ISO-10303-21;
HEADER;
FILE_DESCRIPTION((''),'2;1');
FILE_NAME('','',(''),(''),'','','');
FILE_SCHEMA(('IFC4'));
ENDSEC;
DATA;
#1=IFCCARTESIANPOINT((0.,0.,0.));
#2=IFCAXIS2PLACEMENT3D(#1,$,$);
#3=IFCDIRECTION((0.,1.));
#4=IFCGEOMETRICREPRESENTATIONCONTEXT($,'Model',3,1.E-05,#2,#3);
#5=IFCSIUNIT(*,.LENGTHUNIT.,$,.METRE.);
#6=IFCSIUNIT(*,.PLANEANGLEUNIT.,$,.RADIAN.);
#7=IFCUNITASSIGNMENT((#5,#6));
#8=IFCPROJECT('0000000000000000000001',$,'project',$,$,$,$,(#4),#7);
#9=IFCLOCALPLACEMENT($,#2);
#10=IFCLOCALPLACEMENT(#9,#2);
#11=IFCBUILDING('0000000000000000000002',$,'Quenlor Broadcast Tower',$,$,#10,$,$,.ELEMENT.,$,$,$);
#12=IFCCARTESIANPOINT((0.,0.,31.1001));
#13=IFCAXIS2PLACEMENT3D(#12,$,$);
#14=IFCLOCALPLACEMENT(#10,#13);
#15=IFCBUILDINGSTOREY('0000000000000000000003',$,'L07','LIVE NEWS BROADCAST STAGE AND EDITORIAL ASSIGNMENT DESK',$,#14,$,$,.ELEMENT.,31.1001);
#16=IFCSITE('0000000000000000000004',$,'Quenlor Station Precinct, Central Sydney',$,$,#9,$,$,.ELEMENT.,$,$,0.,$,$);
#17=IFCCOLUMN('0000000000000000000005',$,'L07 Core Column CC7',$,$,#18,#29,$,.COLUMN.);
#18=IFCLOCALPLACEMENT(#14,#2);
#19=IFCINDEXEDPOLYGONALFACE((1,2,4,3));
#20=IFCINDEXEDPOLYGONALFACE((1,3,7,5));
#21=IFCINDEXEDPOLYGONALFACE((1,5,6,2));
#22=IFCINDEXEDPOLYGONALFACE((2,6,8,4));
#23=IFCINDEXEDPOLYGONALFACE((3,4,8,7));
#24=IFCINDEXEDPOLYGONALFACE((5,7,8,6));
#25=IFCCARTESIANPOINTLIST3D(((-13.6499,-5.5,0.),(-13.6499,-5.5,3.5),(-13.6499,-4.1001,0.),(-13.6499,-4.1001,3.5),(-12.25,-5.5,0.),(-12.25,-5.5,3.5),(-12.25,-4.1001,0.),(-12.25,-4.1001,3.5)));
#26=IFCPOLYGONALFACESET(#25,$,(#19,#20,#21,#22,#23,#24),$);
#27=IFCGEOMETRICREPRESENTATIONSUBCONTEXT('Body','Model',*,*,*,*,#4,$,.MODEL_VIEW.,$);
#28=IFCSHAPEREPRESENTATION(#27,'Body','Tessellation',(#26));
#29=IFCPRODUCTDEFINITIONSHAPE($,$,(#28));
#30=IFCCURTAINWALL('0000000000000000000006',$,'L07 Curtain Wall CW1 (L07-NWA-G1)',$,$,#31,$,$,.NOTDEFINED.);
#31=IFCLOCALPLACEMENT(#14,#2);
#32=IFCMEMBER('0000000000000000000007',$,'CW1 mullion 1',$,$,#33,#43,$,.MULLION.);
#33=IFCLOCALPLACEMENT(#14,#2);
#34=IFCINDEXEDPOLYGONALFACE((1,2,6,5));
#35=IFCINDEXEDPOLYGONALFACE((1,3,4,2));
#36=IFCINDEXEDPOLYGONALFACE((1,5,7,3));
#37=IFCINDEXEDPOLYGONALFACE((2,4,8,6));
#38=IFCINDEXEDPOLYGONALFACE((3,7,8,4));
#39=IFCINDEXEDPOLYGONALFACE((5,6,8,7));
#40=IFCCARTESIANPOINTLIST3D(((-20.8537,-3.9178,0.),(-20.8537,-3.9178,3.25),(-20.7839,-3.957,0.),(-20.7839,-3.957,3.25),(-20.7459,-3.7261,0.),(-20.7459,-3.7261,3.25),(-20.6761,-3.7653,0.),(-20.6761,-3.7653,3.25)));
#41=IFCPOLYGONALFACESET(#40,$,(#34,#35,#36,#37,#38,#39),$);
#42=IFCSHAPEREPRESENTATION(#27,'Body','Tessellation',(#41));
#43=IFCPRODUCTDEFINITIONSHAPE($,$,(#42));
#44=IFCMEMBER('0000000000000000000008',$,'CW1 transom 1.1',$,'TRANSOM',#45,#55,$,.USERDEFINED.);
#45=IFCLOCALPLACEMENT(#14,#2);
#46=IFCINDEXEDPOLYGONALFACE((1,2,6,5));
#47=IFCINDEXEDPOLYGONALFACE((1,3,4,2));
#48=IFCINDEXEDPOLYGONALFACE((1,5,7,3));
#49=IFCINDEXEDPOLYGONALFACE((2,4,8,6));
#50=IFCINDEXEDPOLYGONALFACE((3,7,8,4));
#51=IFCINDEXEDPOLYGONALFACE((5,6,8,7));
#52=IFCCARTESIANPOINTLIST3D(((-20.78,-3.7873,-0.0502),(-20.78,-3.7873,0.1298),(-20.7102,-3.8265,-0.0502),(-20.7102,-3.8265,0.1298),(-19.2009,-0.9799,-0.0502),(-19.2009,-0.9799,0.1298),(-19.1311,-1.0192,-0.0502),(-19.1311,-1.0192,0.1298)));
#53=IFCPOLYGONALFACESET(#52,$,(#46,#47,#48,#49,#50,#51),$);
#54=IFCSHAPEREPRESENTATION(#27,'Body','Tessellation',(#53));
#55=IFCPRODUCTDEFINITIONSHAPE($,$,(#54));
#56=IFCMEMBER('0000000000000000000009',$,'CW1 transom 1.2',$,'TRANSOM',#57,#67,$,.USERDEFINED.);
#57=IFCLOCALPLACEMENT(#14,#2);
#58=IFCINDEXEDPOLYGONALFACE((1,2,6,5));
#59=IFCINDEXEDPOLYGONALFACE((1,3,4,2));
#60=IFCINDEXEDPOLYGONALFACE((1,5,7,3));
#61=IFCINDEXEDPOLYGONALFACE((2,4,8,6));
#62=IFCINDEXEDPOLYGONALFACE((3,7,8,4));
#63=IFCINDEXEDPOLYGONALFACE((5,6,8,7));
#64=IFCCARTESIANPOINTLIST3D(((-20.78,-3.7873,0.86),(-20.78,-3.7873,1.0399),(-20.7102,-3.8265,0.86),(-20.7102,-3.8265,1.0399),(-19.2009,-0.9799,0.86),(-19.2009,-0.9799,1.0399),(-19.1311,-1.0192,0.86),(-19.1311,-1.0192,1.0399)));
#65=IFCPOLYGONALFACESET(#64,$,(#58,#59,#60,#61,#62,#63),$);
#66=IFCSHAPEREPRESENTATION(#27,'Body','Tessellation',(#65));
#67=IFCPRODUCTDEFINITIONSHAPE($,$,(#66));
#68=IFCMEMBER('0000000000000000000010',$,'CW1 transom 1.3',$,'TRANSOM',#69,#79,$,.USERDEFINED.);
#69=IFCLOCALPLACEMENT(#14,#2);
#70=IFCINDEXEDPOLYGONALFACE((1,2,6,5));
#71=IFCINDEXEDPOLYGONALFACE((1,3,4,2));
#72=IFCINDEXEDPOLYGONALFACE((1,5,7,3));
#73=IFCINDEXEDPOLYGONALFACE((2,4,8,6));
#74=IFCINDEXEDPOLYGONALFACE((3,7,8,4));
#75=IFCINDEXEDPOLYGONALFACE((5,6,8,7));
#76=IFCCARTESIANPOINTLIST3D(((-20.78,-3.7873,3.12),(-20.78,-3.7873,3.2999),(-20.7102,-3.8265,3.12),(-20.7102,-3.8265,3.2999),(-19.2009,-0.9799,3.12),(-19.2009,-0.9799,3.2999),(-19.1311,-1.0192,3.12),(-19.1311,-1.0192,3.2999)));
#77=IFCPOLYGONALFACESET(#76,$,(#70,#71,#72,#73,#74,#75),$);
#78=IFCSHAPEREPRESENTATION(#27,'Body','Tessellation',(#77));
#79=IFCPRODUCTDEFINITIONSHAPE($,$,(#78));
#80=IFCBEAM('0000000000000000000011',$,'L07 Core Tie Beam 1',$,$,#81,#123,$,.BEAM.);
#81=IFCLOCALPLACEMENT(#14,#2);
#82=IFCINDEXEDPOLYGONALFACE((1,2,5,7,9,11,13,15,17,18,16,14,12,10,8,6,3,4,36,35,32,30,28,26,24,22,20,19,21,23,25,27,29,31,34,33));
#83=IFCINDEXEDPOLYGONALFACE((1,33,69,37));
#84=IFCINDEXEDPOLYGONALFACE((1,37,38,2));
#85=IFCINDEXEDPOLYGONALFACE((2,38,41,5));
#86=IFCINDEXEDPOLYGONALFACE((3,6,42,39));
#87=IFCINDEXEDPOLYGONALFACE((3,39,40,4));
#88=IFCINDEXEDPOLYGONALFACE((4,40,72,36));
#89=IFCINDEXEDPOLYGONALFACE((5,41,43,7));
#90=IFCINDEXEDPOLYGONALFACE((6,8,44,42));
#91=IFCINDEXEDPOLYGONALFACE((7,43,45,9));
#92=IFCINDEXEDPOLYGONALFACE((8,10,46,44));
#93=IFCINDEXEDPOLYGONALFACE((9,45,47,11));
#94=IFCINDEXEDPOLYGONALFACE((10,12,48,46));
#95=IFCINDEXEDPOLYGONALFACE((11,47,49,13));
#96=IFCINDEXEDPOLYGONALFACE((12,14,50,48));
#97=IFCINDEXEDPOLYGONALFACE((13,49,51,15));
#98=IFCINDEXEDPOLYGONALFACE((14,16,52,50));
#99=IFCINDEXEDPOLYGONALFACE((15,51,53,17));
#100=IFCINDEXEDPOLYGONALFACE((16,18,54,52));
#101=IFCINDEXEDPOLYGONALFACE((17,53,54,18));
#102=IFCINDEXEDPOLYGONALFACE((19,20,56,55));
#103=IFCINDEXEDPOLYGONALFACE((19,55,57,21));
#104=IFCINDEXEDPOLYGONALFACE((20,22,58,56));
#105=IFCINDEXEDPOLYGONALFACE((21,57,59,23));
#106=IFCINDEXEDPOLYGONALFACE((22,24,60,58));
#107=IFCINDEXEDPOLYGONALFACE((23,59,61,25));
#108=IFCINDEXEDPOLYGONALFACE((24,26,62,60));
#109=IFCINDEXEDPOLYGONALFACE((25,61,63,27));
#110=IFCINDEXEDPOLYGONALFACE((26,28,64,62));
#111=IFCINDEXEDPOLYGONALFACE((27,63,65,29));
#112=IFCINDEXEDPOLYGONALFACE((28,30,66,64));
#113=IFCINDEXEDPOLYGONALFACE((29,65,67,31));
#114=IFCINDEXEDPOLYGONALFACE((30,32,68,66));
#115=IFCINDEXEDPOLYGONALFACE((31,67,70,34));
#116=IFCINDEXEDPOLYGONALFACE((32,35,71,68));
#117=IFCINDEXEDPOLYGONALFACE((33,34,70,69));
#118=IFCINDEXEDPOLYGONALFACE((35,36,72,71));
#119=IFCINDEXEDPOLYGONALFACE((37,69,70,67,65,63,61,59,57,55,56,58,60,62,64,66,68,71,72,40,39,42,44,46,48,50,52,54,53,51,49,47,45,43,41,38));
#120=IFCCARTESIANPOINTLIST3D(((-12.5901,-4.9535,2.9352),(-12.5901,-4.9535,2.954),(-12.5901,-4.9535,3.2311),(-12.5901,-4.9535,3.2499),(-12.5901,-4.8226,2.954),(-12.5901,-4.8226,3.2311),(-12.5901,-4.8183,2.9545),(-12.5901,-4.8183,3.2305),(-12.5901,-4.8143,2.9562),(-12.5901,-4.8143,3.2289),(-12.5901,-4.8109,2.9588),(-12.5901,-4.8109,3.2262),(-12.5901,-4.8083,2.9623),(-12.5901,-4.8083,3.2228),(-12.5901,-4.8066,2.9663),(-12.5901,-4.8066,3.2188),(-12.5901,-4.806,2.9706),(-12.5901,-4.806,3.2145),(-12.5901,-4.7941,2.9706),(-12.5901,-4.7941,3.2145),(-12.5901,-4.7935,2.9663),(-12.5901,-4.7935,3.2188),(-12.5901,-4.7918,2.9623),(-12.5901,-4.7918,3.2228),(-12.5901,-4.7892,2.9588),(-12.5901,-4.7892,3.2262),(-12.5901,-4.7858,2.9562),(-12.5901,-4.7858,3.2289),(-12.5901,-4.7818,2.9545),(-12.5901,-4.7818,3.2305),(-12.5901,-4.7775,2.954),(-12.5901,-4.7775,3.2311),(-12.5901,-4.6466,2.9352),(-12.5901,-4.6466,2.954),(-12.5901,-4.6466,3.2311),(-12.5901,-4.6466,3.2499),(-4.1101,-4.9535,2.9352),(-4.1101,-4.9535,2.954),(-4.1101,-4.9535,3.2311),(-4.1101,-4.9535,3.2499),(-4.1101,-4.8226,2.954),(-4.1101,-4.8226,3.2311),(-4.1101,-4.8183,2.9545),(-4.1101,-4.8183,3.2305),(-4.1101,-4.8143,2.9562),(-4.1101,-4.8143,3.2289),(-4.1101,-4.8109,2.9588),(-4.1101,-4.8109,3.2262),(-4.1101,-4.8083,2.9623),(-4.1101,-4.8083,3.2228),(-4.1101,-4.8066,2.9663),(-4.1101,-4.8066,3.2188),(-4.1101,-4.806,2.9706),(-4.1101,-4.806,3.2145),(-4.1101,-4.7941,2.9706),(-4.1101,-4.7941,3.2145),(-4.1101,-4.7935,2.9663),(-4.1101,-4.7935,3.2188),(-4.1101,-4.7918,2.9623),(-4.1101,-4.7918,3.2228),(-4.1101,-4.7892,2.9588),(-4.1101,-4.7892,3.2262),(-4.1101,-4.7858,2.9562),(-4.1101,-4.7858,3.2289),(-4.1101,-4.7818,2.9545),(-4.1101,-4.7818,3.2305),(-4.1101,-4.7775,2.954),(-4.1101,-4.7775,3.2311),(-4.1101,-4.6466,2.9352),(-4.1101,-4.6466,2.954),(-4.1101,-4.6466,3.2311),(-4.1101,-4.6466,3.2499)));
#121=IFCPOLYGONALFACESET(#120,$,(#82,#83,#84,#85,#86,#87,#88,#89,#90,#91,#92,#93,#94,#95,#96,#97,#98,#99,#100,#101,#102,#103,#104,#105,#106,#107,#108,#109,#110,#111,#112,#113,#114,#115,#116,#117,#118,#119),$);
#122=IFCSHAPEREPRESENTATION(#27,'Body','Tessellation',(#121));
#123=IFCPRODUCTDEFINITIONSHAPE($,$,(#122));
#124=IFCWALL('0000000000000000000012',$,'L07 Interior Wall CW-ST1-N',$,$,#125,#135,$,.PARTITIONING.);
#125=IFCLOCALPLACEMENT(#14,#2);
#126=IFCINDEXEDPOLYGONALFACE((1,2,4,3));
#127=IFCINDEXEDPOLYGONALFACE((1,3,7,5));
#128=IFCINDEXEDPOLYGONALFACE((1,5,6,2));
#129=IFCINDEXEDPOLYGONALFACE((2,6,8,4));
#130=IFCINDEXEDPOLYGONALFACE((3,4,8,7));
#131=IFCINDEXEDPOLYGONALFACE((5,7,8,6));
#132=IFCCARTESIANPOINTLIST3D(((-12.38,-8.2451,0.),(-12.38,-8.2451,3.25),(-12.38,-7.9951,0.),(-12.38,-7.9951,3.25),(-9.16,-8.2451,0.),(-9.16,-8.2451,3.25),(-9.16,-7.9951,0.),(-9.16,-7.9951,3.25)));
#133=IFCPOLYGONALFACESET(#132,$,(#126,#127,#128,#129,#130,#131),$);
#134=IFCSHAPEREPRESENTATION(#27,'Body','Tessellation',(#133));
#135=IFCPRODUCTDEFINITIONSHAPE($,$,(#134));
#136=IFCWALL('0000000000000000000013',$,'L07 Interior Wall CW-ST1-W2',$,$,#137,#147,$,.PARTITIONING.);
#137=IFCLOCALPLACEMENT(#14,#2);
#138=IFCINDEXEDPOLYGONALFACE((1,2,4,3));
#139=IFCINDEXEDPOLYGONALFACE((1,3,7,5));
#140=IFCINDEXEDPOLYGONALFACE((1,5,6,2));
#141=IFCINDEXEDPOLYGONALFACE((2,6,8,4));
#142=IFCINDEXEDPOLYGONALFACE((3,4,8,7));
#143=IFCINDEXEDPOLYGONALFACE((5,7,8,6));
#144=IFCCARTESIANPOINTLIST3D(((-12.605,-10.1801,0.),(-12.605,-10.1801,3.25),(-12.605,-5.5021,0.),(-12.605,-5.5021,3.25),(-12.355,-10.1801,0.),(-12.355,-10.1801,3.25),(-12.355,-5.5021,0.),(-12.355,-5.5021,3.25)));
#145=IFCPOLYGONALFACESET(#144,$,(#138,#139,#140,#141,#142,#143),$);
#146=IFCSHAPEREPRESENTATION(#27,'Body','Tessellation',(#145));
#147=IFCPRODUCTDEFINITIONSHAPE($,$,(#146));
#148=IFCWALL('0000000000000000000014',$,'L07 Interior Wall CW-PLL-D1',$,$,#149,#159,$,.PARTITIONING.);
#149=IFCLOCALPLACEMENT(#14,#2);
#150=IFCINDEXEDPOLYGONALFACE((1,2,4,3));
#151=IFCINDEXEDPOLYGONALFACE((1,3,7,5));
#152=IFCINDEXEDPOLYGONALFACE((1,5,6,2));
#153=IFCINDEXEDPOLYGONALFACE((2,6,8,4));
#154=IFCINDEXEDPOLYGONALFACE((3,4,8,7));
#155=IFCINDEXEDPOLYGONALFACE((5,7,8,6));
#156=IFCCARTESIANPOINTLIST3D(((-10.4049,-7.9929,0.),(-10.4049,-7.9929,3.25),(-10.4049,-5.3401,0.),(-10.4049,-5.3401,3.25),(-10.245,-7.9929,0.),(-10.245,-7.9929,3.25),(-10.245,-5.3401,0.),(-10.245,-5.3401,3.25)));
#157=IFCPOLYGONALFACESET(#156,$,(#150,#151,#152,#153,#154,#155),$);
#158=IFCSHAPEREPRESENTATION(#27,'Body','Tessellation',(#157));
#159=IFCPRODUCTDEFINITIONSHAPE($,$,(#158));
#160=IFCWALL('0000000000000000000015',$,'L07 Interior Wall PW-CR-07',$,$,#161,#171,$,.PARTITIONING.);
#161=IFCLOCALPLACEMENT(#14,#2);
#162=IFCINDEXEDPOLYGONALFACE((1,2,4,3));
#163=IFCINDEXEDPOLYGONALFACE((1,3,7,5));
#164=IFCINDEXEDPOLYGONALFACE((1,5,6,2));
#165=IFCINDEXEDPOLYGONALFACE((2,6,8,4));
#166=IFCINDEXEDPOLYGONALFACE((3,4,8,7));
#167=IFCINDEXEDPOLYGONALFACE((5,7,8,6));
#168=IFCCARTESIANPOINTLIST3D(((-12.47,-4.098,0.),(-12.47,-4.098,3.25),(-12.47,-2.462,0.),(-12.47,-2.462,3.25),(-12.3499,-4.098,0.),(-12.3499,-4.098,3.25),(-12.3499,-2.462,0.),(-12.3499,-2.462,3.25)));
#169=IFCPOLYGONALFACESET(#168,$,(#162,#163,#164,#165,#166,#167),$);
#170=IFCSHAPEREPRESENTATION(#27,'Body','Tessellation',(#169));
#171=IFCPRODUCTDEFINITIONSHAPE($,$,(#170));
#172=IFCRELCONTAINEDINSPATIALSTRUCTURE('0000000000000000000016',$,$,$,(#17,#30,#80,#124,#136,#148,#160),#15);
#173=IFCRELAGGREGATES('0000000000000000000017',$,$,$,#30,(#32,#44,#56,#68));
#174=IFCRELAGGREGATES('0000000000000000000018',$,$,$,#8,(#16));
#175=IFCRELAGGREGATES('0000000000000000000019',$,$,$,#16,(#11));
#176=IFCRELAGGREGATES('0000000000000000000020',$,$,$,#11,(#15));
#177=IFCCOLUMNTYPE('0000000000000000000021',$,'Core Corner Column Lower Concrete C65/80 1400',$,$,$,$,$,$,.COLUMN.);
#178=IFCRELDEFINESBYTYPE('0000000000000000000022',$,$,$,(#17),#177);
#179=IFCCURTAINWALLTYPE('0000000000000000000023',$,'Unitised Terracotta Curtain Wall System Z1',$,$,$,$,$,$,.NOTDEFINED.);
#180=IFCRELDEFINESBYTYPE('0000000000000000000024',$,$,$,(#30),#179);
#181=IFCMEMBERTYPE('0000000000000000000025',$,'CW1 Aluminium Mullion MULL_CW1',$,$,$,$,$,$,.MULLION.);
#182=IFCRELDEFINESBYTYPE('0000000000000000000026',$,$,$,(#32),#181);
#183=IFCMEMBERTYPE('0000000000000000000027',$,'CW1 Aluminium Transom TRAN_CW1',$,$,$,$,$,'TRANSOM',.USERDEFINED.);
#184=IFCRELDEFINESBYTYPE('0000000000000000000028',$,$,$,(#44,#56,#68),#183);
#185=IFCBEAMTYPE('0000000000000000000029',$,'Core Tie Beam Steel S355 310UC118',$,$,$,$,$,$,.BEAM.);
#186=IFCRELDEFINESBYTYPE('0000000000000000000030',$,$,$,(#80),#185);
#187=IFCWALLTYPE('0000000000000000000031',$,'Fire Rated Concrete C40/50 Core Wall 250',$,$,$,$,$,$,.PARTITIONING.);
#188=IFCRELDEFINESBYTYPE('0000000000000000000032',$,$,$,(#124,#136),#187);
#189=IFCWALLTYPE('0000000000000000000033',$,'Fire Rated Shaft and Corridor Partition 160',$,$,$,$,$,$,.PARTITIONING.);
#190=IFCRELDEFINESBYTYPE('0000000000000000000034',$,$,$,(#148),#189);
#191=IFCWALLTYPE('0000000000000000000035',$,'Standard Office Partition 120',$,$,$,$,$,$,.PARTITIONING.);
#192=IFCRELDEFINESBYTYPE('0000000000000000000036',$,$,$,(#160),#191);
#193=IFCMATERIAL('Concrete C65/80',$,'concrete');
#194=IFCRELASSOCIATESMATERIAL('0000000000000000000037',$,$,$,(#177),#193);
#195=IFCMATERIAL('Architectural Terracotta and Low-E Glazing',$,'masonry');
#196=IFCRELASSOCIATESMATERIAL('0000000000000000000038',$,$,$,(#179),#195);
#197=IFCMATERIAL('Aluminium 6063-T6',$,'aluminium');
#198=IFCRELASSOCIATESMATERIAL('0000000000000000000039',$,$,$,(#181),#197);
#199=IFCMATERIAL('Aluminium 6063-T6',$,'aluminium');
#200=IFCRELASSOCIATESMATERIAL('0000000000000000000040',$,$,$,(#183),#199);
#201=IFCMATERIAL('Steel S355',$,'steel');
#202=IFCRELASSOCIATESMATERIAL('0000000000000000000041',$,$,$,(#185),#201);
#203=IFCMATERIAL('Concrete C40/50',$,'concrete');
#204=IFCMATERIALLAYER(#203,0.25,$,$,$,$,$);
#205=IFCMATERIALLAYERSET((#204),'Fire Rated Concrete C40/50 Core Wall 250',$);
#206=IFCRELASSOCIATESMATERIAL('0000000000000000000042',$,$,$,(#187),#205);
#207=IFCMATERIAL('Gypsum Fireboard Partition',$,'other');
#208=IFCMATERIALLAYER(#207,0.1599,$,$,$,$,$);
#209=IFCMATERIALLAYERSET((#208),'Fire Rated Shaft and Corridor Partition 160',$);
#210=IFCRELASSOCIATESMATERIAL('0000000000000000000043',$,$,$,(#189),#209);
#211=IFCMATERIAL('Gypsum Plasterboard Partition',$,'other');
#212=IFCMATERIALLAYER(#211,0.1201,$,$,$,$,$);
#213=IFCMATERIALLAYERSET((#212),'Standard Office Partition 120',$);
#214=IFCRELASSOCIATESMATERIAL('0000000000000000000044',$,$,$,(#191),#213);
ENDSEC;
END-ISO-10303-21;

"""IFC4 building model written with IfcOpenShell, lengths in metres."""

from ifc_helpers import new_model, si_unit, direction, frame, frame_2d, origin, origin_2d, place, context, subcontext, project, spatial, rectangle, i_section, extrude, material, layer, layer_set, material_profile, profile_set, type_object, element, aggregate, save


model = new_model("IFC4")

# Units and contexts
model_context = context("Model", 3, precision=1e-05, world=origin(), true_north=direction((0.0, 1.0)))
body_context = subcontext(model_context, "Body", "Model", "MODEL_VIEW")
ifc_project = project(units=[si_unit("LENGTHUNIT", "METRE"), si_unit("PLANEANGLEUNIT", "RADIAN")], contexts=[model_context])

# Site, building, storey
site_placement = place(None, origin())
site = spatial("IfcSite", under=ifc_project, at=site_placement, Name="Quenlor Station Precinct, Central Sydney", CompositionType="ELEMENT", RefElevation=0.0)
building_placement = place(site_placement, origin())
building = spatial("IfcBuilding", under=site, at=building_placement, Name="Quenlor Broadcast Tower", CompositionType="ELEMENT")
storey_placement = place(building_placement, frame((0.0, 0.0, 31.1001)))
storey = spatial("IfcBuildingStorey", under=building, at=storey_placement, Name="L07", Description="LIVE NEWS BROADCAST STAGE AND EDITORIAL ASSIGNMENT DESK", CompositionType="ELEMENT", Elevation=31.1001)

# Column
ifc_material_1 = material(Name="Concrete C65/80", Category="concrete")
ifc_material_profile_1 = material_profile(ifc_material_1, rectangle(XDim=1.3999, YDim=1.3999, at=origin_2d()))
ifc_profile_set_1 = profile_set([ifc_material_profile_1], Name="Concrete C65/80 RC1400x1400")
column_type = type_object("IfcColumnType", Name="Core Corner Column Lower Concrete C65/80 1400", PredefinedType="COLUMN", material=ifc_profile_set_1)
column_placement = place(storey_placement, frame((-12.95, -4.8, 0.0), z_axis=(0.0, 0.0, 1.0), x_axis=(1.0, 0.0, 0.0)))
element("IfcColumn", 1, at=column_placement, inside=storey, type_object=column_type, Name="L07 Core Column CC7", PredefinedType="COLUMN", context=body_context, shape_type="SweptSolid", body=[
    extrude(rectangle(XDim=1.3999, YDim=1.3999, at=origin_2d()), origin(), (0.0, 0.0, 1.0), 3.5),
])

# Curtain wall, members
ifc_material_2 = material(Name="Architectural Terracotta and Low-E Glazing", Category="masonry")
curtain_wall_type = type_object("IfcCurtainWallType", Name="Unitised Terracotta Curtain Wall System Z1", PredefinedType="NOTDEFINED", material=ifc_material_2)
curtain_wall_placement = place(storey_placement, origin())
curtain_wall = element("IfcCurtainWall", 2, at=curtain_wall_placement, inside=storey, type_object=curtain_wall_type, Name="L07 Curtain Wall CW1 (L07-NWA-G1)", PredefinedType="NOTDEFINED")
ifc_material_3 = material(Name="Aluminium 6063-T6", Category="aluminium")
ifc_material_profile_2 = material_profile(ifc_material_3, rectangle(XDim=0.0801, YDim=0.22, at=origin_2d()))
ifc_profile_set_2 = profile_set([ifc_material_profile_2], Name="Aluminium 6063-T6 MULL80x220")
member_type_1 = type_object("IfcMemberType", Name="CW1 Aluminium Mullion MULL_CW1", PredefinedType="MULLION", material=ifc_profile_set_2)
member_1_placement = place(storey_placement, frame((-20.7649, -3.8416, 0.0), z_axis=(0.0, 0.0, 1.0), x_axis=(-0.871578, 0.490257, 0.0)))
member_1 = element("IfcMember", 3, at=member_1_placement, type_object=member_type_1, Name="CW1 mullion 1", PredefinedType="MULLION", context=body_context, shape_type="SweptSolid", body=[
    extrude(rectangle(XDim=0.0801, YDim=0.22, at=origin_2d()), origin(), (0.0, 0.0, 1.0), 3.25),
])
ifc_material_4 = material(Name="Aluminium 6063-T6", Category="aluminium")
ifc_material_profile_3 = material_profile(ifc_material_4, rectangle(XDim=0.0801, YDim=0.1799, at=origin_2d()))
ifc_profile_set_3 = profile_set([ifc_material_profile_3], Name="Aluminium 6063-T6 TRAN80x180")
member_type_2 = type_object("IfcMemberType", Name="CW1 Aluminium Transom TRAN_CW1", ElementType="TRANSOM", PredefinedType="USERDEFINED", material=ifc_profile_set_3)
member_2_placement = place(storey_placement, frame((-20.7451, -3.8069, 0.0398), z_axis=(0.49025, 0.871582, 0.0), x_axis=(-0.871582, 0.49025, 0.0)))
member_2 = element("IfcMember", 4, at=member_2_placement, type_object=member_type_2, Name="CW1 transom 1.1", ObjectType="TRANSOM", PredefinedType="USERDEFINED", context=body_context, shape_type="SweptSolid", body=[
    extrude(rectangle(XDim=0.0801, YDim=0.1799, at=origin_2d()), origin(), (0.0, 0.0, 1.0), 3.2209),
])
member_3_placement = place(storey_placement, frame((-20.7451, -3.8069, 0.95), z_axis=(0.49025, 0.871582, 0.0), x_axis=(-0.871582, 0.49025, 0.0)))
member_3 = element("IfcMember", 5, at=member_3_placement, type_object=member_type_2, Name="CW1 transom 1.2", ObjectType="TRANSOM", PredefinedType="USERDEFINED", context=body_context, shape_type="SweptSolid", body=[
    extrude(rectangle(XDim=0.0801, YDim=0.1799, at=origin_2d()), origin(), (0.0, 0.0, 1.0), 3.2209),
])
member_4_placement = place(storey_placement, frame((-20.7451, -3.8069, 3.21), z_axis=(0.49025, 0.871582, 0.0), x_axis=(-0.871582, 0.49025, 0.0)))
member_4 = element("IfcMember", 6, at=member_4_placement, type_object=member_type_2, Name="CW1 transom 1.3", ObjectType="TRANSOM", PredefinedType="USERDEFINED", context=body_context, shape_type="SweptSolid", body=[
    extrude(rectangle(XDim=0.0801, YDim=0.1799, at=origin_2d()), origin(), (0.0, 0.0, 1.0), 3.2209),
])
aggregate(curtain_wall, [member_1, member_2, member_3, member_4])

# Beam
ifc_material_5 = material(Name="Steel S355", Category="steel")
ifc_material_profile_4 = material_profile(ifc_material_5, i_section(OverallWidth=0.3069, OverallDepth=0.3147, WebThickness=0.012, FlangeThickness=0.0188, FilletRadius=0.0166, at=origin_2d()))
ifc_profile_set_4 = profile_set([ifc_material_profile_4], Name="Steel S355 310UC118")
beam_type = type_object("IfcBeamType", Name="Core Tie Beam Steel S355 310UC118", PredefinedType="BEAM", material=ifc_profile_set_4)
beam_placement = place(storey_placement, frame((-12.5901, -4.8, 3.0925), z_axis=(1.0, 0.0, 0.0), x_axis=(0.0, 1.0, 0.0)))
element("IfcBeam", 7, at=beam_placement, inside=storey, type_object=beam_type, Name="L07 Core Tie Beam 1", PredefinedType="BEAM", context=body_context, shape_type="SweptSolid", body=[
    extrude(i_section(OverallWidth=0.3069, OverallDepth=0.3147, WebThickness=0.012, FlangeThickness=0.0188, FilletRadius=0.0166, at=origin_2d()), origin(), (0.0, 0.0, 1.0), 8.48),
])

# Walls
ifc_material_6 = material(Name="Concrete C40/50", Category="concrete")
ifc_layer_1 = layer(ifc_material_6, 0.25)
ifc_layer_set_1 = layer_set([ifc_layer_1], Name="Fire Rated Concrete C40/50 Core Wall 250")
wall_type_1 = type_object("IfcWallType", Name="Fire Rated Concrete C40/50 Core Wall 250", PredefinedType="PARTITIONING", material=ifc_layer_set_1)
wall_1_placement = place(storey_placement, frame((-12.3799, -8.1201, 0.0), z_axis=(0.0, 0.0, 1.0), x_axis=(1.0, 0.0, 0.0)))
element("IfcWall", 8, at=wall_1_placement, inside=storey, type_object=wall_type_1, Name="L07 Interior Wall CW-ST1-N", PredefinedType="PARTITIONING", context=body_context, shape_type="SweptSolid", body=[
    extrude(rectangle(XDim=3.22, YDim=0.25, at=frame_2d((1.6099, 0.0))), origin(), (0.0, 0.0, 1.0), 3.25),
])
wall_2_placement = place(storey_placement, frame((-12.48, -10.1799, 0.0), z_axis=(0.0, 0.0, 1.0), x_axis=(0.0, 1.0, 0.0)))
element("IfcWall", 9, at=wall_2_placement, inside=storey, type_object=wall_type_1, Name="L07 Interior Wall CW-ST1-W2", PredefinedType="PARTITIONING", context=body_context, shape_type="SweptSolid", body=[
    extrude(rectangle(XDim=4.678, YDim=0.25, at=frame_2d((2.3389, 0.0))), origin(), (0.0, 0.0, 1.0), 3.25),
])

# Walls
ifc_material_7 = material(Name="Gypsum Fireboard Partition", Category="other")
ifc_layer_2 = layer(ifc_material_7, 0.1599)
ifc_layer_set_2 = layer_set([ifc_layer_2], Name="Fire Rated Shaft and Corridor Partition 160")
wall_type_2 = type_object("IfcWallType", Name="Fire Rated Shaft and Corridor Partition 160", PredefinedType="PARTITIONING", material=ifc_layer_set_2)
wall_3_placement = place(storey_placement, frame((-10.325, -7.9929, 0.0), z_axis=(0.0, 0.0, 1.0), x_axis=(0.0, 1.0, 0.0)))
element("IfcWall", 10, at=wall_3_placement, inside=storey, type_object=wall_type_2, Name="L07 Interior Wall CW-PLL-D1", PredefinedType="PARTITIONING", context=body_context, shape_type="SweptSolid", body=[
    extrude(rectangle(XDim=2.6528, YDim=0.1599, at=frame_2d((1.3264, 0.0))), origin(), (0.0, 0.0, 1.0), 3.25),
])
ifc_material_8 = material(Name="Gypsum Plasterboard Partition", Category="other")
ifc_layer_3 = layer(ifc_material_8, 0.1201)
ifc_layer_set_3 = layer_set([ifc_layer_3], Name="Standard Office Partition 120")
wall_type_3 = type_object("IfcWallType", Name="Standard Office Partition 120", PredefinedType="PARTITIONING", material=ifc_layer_set_3)
wall_4_placement = place(storey_placement, frame((-12.4099, -4.0979, 0.0), z_axis=(0.0, 0.0, 1.0), x_axis=(0.0, 1.0, 0.0)))
element("IfcWall", 11, at=wall_4_placement, inside=storey, type_object=wall_type_3, Name="L07 Interior Wall PW-CR-07", PredefinedType="PARTITIONING", context=body_context, shape_type="SweptSolid", body=[
    extrude(rectangle(XDim=1.636, YDim=0.1201, at=frame_2d((0.8179, 0.0))), origin(), (0.0, 0.0, 1.0), 3.25),
])

save(model, "model.ifc")
